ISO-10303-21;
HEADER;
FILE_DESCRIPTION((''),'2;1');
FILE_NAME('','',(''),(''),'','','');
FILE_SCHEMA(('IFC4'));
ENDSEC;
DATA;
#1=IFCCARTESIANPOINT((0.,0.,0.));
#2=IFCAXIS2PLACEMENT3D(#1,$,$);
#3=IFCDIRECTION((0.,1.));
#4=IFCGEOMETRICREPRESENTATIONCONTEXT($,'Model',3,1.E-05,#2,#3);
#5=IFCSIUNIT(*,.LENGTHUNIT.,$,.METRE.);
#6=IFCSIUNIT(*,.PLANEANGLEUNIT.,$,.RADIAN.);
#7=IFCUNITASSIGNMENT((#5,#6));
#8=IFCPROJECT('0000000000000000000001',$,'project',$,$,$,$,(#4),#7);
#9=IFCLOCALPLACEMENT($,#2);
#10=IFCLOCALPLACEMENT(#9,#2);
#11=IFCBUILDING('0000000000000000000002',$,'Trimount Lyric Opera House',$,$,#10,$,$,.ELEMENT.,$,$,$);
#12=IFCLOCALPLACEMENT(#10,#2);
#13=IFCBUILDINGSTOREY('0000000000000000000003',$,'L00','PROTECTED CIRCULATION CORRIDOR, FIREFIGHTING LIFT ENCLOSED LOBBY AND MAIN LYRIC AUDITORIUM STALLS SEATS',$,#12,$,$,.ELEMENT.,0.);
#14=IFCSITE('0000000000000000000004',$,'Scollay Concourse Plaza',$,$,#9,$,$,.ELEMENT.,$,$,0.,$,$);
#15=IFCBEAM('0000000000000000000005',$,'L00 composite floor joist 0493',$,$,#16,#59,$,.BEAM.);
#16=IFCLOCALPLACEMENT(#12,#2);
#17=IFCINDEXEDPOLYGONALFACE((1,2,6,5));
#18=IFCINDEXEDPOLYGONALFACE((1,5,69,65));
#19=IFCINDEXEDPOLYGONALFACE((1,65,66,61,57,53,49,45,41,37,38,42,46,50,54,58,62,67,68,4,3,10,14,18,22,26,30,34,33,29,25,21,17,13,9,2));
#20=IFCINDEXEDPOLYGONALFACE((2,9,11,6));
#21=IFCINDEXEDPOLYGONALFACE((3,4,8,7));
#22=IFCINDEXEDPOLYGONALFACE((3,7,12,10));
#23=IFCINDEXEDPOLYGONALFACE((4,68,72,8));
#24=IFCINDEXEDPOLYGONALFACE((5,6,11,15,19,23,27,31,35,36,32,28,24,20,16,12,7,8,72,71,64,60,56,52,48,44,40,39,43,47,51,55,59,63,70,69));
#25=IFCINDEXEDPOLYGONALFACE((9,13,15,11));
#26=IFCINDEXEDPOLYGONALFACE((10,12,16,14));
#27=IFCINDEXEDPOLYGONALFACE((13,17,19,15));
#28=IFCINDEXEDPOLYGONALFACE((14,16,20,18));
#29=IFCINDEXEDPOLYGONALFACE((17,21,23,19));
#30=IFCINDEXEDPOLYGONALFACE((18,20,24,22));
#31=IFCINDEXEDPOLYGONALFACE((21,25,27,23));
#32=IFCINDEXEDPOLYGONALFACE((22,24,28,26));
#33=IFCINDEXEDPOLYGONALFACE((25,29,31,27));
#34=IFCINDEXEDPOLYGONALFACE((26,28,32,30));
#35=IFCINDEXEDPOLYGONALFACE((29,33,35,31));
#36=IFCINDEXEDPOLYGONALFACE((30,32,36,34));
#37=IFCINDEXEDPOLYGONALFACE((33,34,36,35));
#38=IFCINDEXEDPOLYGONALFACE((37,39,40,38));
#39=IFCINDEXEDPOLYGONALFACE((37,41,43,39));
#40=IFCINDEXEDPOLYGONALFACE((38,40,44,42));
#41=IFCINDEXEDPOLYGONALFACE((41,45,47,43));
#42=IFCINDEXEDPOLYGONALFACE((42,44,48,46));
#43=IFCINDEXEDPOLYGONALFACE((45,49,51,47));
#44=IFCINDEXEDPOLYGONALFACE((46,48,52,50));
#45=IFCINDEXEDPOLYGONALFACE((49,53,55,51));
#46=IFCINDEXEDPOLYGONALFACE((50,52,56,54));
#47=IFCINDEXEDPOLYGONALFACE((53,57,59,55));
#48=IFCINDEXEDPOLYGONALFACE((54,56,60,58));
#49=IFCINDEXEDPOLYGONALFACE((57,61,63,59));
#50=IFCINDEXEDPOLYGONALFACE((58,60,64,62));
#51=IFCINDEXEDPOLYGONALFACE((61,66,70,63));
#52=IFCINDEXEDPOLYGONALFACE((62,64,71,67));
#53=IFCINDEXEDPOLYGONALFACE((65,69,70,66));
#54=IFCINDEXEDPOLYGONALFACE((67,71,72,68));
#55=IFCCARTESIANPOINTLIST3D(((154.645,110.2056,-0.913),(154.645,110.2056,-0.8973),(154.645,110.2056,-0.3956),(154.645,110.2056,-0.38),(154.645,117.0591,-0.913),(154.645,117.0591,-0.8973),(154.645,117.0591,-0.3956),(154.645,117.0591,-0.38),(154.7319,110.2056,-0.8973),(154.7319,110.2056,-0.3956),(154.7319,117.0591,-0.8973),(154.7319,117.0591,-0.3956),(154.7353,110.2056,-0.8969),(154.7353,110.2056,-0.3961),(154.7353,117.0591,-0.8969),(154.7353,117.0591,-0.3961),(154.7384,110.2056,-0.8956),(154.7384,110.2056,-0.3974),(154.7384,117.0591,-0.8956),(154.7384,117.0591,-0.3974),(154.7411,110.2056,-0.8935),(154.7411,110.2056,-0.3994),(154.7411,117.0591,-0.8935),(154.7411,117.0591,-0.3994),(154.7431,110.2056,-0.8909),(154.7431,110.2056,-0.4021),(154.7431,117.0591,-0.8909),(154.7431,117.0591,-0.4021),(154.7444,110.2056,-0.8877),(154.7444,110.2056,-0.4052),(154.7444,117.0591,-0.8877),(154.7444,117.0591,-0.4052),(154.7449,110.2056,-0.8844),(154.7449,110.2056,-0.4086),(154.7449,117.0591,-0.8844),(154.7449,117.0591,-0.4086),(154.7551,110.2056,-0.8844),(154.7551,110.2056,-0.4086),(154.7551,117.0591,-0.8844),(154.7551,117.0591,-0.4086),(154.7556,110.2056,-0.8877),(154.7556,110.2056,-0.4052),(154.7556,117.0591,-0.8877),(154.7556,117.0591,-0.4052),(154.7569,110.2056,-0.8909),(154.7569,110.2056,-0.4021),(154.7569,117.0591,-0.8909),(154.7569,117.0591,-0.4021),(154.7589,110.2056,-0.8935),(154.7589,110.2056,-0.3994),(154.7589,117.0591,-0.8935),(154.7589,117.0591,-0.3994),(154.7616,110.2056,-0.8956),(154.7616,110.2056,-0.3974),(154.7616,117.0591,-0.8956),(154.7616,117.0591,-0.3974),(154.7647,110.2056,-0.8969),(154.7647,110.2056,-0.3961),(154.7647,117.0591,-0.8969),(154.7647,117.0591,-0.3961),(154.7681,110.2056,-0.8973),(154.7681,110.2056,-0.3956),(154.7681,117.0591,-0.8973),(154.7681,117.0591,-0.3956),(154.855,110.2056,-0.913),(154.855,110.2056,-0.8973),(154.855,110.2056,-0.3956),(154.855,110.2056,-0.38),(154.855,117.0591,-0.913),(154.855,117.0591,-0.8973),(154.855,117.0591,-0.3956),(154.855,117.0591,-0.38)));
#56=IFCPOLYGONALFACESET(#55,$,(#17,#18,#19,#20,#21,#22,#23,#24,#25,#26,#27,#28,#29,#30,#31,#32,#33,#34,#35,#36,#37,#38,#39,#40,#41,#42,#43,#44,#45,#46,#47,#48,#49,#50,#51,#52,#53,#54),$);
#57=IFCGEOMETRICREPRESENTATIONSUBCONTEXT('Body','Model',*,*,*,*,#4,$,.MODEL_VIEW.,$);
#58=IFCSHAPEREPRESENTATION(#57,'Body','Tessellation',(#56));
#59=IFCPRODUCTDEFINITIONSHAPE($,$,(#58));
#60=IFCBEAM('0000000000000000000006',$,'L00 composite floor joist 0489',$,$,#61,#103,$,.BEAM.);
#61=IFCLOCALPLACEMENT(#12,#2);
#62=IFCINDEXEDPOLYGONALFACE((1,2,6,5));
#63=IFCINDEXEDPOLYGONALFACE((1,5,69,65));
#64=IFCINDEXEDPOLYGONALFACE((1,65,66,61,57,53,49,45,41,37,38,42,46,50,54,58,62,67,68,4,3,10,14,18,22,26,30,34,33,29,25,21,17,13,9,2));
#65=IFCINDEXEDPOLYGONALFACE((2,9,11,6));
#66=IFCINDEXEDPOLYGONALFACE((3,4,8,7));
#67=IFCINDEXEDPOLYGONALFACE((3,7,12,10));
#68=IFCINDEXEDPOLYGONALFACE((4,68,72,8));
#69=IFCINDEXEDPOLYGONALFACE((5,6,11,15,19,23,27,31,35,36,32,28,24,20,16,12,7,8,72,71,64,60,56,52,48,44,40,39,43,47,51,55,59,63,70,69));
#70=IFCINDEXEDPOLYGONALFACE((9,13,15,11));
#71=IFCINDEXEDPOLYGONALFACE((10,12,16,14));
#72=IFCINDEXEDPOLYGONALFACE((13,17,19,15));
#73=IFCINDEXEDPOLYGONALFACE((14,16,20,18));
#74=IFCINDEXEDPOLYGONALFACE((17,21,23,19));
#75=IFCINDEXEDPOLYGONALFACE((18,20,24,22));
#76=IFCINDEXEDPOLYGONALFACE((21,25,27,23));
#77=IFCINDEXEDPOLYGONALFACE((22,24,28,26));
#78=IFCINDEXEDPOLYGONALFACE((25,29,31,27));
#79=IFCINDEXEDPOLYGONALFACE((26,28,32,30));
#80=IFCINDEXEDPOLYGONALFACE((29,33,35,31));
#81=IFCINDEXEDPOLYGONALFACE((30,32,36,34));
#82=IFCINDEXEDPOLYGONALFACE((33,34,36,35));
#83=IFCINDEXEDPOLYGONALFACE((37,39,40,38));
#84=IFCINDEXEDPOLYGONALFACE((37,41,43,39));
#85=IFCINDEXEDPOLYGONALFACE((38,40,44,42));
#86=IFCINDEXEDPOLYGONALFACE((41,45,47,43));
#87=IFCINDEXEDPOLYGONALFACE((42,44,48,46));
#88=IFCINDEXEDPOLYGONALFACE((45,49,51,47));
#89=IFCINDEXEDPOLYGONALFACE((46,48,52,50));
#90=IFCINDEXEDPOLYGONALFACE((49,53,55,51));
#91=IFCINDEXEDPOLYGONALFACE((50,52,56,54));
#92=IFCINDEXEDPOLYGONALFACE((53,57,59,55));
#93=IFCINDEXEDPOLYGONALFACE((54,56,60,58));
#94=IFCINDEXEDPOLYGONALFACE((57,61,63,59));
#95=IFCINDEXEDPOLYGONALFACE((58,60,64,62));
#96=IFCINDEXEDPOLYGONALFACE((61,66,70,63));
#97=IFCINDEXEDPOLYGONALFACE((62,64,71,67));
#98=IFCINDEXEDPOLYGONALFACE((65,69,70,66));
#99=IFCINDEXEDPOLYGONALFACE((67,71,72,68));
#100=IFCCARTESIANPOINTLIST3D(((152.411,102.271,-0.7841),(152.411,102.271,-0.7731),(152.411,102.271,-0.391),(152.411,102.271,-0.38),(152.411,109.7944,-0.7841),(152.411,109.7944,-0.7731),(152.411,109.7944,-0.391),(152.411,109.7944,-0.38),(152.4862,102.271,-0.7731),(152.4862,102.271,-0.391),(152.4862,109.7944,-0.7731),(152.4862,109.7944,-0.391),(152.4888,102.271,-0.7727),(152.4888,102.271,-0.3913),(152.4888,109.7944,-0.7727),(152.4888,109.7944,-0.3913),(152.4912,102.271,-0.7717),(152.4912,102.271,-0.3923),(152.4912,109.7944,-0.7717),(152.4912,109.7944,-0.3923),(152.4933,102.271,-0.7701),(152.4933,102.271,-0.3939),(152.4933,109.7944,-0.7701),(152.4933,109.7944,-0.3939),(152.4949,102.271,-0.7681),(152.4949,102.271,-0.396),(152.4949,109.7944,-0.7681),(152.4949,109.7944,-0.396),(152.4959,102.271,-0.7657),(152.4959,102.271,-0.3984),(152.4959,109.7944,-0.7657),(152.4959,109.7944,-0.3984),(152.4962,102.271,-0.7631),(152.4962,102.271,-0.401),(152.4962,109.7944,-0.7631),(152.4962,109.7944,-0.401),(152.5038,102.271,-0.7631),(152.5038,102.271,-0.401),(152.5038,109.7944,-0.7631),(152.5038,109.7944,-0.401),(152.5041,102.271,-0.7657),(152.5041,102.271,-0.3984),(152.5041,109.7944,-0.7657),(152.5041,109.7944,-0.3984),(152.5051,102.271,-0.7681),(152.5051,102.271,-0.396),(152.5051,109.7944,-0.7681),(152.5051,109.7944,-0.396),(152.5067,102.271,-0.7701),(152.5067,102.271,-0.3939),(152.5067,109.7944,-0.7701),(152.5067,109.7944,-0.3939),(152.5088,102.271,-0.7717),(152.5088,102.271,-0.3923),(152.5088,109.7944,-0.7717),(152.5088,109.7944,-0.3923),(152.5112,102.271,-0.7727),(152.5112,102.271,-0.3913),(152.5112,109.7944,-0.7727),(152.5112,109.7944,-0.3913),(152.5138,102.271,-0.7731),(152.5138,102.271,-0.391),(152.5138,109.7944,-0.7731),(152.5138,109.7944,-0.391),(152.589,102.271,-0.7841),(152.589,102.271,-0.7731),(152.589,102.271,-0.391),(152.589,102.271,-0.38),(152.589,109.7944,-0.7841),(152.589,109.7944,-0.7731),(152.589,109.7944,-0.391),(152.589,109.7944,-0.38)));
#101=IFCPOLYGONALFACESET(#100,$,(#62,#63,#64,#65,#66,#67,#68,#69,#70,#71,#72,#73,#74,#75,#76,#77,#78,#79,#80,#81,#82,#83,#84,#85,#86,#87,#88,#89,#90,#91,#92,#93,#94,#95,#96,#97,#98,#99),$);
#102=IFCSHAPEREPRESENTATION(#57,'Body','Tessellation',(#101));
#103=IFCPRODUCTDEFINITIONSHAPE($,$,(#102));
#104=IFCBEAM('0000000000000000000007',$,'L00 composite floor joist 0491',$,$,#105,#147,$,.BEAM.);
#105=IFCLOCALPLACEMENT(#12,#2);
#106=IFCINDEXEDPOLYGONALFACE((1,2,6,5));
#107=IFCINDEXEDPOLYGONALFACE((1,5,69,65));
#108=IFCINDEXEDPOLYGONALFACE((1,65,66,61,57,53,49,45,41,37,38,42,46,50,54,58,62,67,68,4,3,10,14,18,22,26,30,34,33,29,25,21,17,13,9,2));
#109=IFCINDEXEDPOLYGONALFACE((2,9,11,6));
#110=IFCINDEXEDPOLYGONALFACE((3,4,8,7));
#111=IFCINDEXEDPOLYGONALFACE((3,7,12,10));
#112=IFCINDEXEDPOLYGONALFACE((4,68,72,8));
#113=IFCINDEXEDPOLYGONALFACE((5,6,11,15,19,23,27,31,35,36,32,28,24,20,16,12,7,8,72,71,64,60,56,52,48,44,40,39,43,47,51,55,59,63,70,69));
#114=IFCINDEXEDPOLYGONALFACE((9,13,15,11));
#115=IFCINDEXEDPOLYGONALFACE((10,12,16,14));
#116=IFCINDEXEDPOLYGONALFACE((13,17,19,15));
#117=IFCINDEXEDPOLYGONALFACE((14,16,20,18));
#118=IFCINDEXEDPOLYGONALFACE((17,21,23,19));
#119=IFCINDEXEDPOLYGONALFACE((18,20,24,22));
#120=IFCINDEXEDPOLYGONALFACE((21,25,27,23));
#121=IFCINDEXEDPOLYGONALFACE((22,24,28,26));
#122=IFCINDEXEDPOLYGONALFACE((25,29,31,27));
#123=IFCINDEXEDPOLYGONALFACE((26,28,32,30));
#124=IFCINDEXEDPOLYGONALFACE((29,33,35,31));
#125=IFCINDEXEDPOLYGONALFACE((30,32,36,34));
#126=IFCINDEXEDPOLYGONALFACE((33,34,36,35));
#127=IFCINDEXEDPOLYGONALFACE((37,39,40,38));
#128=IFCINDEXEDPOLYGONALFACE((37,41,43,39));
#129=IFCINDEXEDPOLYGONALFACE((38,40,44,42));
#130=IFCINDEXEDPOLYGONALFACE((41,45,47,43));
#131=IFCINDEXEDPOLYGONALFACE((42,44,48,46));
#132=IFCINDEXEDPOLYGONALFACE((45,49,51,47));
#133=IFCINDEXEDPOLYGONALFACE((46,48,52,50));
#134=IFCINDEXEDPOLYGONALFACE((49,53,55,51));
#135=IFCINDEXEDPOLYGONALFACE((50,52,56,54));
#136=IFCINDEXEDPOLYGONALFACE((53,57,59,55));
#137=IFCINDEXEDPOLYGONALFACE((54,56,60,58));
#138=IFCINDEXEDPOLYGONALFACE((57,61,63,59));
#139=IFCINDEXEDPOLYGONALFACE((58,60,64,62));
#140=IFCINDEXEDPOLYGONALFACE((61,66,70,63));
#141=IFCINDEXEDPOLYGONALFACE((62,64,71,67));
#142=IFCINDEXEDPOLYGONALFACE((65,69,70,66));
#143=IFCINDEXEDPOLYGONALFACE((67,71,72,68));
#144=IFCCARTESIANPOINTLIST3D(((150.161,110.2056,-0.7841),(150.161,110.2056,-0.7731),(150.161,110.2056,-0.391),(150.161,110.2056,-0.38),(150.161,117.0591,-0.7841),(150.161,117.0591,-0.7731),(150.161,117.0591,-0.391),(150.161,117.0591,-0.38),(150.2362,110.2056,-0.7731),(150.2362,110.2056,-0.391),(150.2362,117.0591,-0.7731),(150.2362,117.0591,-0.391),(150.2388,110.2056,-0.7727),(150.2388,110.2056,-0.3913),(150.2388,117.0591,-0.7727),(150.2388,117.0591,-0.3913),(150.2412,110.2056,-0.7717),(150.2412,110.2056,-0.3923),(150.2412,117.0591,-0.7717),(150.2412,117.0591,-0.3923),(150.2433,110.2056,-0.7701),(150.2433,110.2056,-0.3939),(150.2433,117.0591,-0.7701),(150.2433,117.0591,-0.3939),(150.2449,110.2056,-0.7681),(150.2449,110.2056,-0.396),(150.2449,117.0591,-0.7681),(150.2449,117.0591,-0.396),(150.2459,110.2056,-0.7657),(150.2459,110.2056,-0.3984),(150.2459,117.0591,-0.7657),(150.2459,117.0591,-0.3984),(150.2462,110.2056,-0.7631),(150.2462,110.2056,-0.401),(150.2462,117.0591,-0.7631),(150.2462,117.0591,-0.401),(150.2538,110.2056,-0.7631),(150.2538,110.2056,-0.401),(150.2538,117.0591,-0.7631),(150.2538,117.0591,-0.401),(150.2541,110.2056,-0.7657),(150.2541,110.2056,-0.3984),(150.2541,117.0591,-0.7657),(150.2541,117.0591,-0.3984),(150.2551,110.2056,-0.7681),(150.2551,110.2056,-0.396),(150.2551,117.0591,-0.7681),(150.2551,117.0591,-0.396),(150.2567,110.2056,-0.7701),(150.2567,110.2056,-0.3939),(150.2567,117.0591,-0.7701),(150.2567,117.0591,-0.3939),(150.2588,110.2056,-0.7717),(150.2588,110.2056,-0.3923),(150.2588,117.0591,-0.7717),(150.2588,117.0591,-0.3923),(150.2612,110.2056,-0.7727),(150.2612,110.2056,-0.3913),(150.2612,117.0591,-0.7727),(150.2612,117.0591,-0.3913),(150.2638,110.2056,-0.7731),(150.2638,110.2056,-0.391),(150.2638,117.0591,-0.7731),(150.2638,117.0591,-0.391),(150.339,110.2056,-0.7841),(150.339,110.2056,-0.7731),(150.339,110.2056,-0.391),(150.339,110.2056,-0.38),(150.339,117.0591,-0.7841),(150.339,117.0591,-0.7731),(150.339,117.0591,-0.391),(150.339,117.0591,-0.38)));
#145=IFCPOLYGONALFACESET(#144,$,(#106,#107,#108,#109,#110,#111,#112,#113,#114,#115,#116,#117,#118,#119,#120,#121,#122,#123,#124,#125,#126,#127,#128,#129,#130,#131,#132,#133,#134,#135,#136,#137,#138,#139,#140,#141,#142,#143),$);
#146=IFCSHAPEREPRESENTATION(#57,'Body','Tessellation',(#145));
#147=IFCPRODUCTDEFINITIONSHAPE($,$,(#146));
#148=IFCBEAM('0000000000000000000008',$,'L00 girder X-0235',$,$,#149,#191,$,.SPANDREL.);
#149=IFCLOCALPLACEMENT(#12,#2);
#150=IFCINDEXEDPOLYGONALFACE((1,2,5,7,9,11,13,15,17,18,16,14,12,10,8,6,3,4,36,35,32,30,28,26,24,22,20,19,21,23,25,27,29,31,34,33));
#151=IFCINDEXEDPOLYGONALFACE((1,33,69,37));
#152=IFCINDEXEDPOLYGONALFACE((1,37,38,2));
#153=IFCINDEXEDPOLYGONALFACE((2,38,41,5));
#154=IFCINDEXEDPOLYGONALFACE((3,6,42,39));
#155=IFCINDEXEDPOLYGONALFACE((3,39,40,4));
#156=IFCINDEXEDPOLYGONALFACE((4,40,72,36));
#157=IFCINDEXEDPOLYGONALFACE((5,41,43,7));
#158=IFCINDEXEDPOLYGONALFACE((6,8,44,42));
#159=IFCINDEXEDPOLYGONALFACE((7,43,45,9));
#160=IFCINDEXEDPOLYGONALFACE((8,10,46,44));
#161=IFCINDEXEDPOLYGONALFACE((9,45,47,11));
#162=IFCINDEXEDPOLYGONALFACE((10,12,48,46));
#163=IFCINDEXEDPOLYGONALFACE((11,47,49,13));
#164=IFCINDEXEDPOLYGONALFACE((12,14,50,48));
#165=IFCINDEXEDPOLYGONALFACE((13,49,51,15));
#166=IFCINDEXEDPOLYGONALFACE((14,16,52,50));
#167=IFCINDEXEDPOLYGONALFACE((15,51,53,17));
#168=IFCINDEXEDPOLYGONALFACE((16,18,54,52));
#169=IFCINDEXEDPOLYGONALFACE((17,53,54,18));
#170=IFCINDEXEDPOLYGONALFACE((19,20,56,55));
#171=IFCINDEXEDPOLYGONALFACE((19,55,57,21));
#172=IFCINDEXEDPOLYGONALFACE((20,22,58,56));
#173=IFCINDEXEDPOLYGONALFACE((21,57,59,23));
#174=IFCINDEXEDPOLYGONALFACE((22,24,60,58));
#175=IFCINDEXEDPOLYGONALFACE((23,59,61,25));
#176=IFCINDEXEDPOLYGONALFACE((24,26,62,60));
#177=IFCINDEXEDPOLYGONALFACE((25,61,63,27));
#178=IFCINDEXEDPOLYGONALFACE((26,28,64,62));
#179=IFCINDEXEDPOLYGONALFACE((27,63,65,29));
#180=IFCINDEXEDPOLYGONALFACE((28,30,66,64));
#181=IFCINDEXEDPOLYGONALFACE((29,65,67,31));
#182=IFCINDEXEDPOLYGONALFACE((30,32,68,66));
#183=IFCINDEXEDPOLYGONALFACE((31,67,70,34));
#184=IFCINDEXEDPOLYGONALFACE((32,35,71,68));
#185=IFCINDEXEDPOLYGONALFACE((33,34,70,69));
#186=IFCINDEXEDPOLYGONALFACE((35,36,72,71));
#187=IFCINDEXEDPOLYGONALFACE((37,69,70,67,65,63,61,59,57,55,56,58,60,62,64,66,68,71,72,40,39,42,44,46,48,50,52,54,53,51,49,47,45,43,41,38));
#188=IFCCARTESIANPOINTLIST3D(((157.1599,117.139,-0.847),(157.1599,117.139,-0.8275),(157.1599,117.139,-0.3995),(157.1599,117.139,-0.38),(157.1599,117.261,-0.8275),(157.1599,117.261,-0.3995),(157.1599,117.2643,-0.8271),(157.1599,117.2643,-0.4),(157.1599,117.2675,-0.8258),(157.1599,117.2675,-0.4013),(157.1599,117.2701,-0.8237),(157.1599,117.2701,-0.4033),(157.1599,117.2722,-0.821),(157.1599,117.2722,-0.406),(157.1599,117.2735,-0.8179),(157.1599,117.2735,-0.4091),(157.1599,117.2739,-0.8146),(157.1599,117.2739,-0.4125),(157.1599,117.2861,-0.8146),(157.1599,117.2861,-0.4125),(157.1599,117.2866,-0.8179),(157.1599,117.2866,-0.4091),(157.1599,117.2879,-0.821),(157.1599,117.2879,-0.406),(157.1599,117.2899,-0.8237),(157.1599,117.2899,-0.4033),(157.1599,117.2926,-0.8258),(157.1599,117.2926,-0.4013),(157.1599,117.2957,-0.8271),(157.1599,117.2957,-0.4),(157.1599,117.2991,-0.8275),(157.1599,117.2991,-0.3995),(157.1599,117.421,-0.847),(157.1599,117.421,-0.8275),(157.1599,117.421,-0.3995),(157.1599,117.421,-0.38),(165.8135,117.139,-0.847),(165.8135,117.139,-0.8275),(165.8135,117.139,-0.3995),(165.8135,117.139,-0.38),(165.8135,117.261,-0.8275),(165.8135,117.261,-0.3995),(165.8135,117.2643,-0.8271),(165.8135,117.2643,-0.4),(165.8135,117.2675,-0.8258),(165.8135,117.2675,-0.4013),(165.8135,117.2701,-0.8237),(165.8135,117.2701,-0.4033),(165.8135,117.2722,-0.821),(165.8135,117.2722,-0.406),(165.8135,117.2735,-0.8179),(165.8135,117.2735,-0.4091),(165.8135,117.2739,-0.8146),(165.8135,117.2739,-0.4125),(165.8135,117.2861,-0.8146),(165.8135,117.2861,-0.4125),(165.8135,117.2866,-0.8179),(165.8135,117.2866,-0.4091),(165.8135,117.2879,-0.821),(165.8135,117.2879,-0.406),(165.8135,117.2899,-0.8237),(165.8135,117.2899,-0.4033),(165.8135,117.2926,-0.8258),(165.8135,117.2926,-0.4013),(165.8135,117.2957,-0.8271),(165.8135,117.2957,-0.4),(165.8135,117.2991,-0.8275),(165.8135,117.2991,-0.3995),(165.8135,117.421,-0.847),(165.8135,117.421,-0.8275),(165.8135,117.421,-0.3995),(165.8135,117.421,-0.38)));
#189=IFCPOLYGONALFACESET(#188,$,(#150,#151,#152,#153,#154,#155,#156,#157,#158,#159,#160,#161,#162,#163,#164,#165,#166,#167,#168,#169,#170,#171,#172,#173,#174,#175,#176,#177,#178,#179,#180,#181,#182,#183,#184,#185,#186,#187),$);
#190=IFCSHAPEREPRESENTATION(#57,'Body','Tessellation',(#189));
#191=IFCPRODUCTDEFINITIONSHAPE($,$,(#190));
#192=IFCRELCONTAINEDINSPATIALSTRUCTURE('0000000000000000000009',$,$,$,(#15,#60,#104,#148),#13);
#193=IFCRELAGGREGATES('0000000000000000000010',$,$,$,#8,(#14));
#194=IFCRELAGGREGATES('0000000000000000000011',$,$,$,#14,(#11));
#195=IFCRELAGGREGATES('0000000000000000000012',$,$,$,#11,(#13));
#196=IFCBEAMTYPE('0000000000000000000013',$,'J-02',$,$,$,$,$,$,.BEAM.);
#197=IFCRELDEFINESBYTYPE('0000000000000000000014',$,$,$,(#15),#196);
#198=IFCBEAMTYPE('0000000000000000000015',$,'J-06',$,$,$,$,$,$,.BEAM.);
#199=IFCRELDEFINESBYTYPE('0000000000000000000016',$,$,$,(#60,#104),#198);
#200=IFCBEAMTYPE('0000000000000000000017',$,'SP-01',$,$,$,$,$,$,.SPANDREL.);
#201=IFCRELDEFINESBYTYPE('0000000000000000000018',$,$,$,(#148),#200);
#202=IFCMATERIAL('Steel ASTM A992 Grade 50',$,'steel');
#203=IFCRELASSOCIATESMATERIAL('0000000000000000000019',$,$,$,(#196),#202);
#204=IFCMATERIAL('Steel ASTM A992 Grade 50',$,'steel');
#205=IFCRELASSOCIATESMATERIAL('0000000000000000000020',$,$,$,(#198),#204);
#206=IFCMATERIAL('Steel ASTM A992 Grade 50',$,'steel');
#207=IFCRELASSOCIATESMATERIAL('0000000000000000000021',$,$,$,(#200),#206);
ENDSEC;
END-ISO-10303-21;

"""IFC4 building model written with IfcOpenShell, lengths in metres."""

from ifc_helpers import new_model, si_unit, direction, frame, origin, origin_2d, place, context, subcontext, project, spatial, i_section, extrude, material, material_profile, profile_set, type_object, element, save


model = new_model("IFC4")

# Units and contexts
model_context = context("Model", 3, precision=1e-05, world=origin(), true_north=direction((0.0, 1.0)))
body_context = subcontext(model_context, "Body", "Model", "MODEL_VIEW")
ifc_project = project(units=[si_unit("LENGTHUNIT", "METRE"), si_unit("PLANEANGLEUNIT", "RADIAN")], contexts=[model_context])

# Site, building, storey
site_placement = place(None, origin())
site = spatial("IfcSite", under=ifc_project, at=site_placement, Name="Scollay Concourse Plaza", CompositionType="ELEMENT", RefElevation=0.0)
building_placement = place(site_placement, origin())
building = spatial("IfcBuilding", under=site, at=building_placement, Name="Trimount Lyric Opera House", CompositionType="ELEMENT")
storey_placement = place(building_placement, origin())
storey = spatial("IfcBuildingStorey", under=building, at=storey_placement, Name="L00", Description="PROTECTED CIRCULATION CORRIDOR, FIREFIGHTING LIFT ENCLOSED LOBBY AND MAIN LYRIC AUDITORIUM STALLS SEATS", CompositionType="ELEMENT", Elevation=0.0)

# Beams
ifc_material_1 = material(Name="Steel ASTM A992 Grade 50", Category="steel")
ifc_material_profile_1 = material_profile(ifc_material_1, i_section(OverallWidth=0.21, OverallDepth=0.533, WebThickness=0.0103, FlangeThickness=0.0156, FilletRadius=0.0129, at=origin_2d()), Name="W21X62")
ifc_profile_set_1 = profile_set([ifc_material_profile_1], Name="Steel ASTM A992 Grade 50")
beam_type_1 = type_object("IfcBeamType", Name="J-02", PredefinedType="BEAM", material=ifc_profile_set_1)
beam_1_placement = place(storey_placement, frame((154.75, 110.2056, -0.6465), z_axis=(0.0, 1.0, 0.0), x_axis=(-1.0, 0.0, 0.0)))
element("IfcBeam", 1, at=beam_1_placement, inside=storey, type_object=beam_type_1, Name="L00 composite floor joist 0493", PredefinedType="BEAM", context=body_context, shape_type="SweptSolid", body=[
    extrude(i_section(OverallWidth=0.21, OverallDepth=0.533, WebThickness=0.0103, FlangeThickness=0.0156, FilletRadius=0.0129, at=origin_2d()), origin(), (0.0, 0.0, 1.0), 6.8535),
])
ifc_material_2 = material(Name="Steel ASTM A992 Grade 50", Category="steel")
ifc_material_profile_2 = material_profile(ifc_material_2, i_section(OverallWidth=0.178, OverallDepth=0.4041, WebThickness=0.0076, FlangeThickness=0.011, FilletRadius=0.01, at=origin_2d()), Name="W16X36")
ifc_profile_set_2 = profile_set([ifc_material_profile_2], Name="Steel ASTM A992 Grade 50")
beam_type_2 = type_object("IfcBeamType", Name="J-06", PredefinedType="BEAM", material=ifc_profile_set_2)
beam_2_placement = place(storey_placement, frame((152.5, 102.271, -0.582), z_axis=(0.0, 1.0, 0.0), x_axis=(-1.0, 0.0, 0.0)))
element("IfcBeam", 2, at=beam_2_placement, inside=storey, type_object=beam_type_2, Name="L00 composite floor joist 0489", PredefinedType="BEAM", context=body_context, shape_type="SweptSolid", body=[
    extrude(i_section(OverallWidth=0.178, OverallDepth=0.4041, WebThickness=0.0076, FlangeThickness=0.011, FilletRadius=0.01, at=origin_2d()), origin(), (0.0, 0.0, 1.0), 7.5234),
])
beam_3_placement = place(storey_placement, frame((150.25, 110.2056, -0.582), z_axis=(0.0, 1.0, 0.0), x_axis=(-1.0, 0.0, 0.0)))
element("IfcBeam", 3, at=beam_3_placement, inside=storey, type_object=beam_type_2, Name="L00 composite floor joist 0491", PredefinedType="BEAM", context=body_context, shape_type="SweptSolid", body=[
    extrude(i_section(OverallWidth=0.178, OverallDepth=0.4041, WebThickness=0.0076, FlangeThickness=0.011, FilletRadius=0.01, at=origin_2d()), origin(), (0.0, 0.0, 1.0), 6.8535),
])
ifc_material_3 = material(Name="Steel ASTM A992 Grade 50", Category="steel")
ifc_material_profile_3 = material_profile(ifc_material_3, i_section(OverallWidth=0.282, OverallDepth=0.467, WebThickness=0.0122, FlangeThickness=0.0195, FilletRadius=0.0129, at=origin_2d()), Name="W18X86")
ifc_profile_set_3 = profile_set([ifc_material_profile_3], Name="Steel ASTM A992 Grade 50")
beam_type_3 = type_object("IfcBeamType", Name="SP-01", PredefinedType="SPANDREL", material=ifc_profile_set_3)
beam_4_placement = place(storey_placement, frame((157.1599, 117.28, -0.6135), z_axis=(1.0, 0.0, 0.0), x_axis=(0.0, 1.0, 0.0)))
element("IfcBeam", 4, at=beam_4_placement, inside=storey, type_object=beam_type_3, Name="L00 girder X-0235", PredefinedType="SPANDREL", context=body_context, shape_type="SweptSolid", body=[
    extrude(i_section(OverallWidth=0.282, OverallDepth=0.467, WebThickness=0.0122, FlangeThickness=0.0195, FilletRadius=0.0129, at=origin_2d()), origin(), (0.0, 0.0, 1.0), 8.6536),
])

save(model, "model.ifc")
